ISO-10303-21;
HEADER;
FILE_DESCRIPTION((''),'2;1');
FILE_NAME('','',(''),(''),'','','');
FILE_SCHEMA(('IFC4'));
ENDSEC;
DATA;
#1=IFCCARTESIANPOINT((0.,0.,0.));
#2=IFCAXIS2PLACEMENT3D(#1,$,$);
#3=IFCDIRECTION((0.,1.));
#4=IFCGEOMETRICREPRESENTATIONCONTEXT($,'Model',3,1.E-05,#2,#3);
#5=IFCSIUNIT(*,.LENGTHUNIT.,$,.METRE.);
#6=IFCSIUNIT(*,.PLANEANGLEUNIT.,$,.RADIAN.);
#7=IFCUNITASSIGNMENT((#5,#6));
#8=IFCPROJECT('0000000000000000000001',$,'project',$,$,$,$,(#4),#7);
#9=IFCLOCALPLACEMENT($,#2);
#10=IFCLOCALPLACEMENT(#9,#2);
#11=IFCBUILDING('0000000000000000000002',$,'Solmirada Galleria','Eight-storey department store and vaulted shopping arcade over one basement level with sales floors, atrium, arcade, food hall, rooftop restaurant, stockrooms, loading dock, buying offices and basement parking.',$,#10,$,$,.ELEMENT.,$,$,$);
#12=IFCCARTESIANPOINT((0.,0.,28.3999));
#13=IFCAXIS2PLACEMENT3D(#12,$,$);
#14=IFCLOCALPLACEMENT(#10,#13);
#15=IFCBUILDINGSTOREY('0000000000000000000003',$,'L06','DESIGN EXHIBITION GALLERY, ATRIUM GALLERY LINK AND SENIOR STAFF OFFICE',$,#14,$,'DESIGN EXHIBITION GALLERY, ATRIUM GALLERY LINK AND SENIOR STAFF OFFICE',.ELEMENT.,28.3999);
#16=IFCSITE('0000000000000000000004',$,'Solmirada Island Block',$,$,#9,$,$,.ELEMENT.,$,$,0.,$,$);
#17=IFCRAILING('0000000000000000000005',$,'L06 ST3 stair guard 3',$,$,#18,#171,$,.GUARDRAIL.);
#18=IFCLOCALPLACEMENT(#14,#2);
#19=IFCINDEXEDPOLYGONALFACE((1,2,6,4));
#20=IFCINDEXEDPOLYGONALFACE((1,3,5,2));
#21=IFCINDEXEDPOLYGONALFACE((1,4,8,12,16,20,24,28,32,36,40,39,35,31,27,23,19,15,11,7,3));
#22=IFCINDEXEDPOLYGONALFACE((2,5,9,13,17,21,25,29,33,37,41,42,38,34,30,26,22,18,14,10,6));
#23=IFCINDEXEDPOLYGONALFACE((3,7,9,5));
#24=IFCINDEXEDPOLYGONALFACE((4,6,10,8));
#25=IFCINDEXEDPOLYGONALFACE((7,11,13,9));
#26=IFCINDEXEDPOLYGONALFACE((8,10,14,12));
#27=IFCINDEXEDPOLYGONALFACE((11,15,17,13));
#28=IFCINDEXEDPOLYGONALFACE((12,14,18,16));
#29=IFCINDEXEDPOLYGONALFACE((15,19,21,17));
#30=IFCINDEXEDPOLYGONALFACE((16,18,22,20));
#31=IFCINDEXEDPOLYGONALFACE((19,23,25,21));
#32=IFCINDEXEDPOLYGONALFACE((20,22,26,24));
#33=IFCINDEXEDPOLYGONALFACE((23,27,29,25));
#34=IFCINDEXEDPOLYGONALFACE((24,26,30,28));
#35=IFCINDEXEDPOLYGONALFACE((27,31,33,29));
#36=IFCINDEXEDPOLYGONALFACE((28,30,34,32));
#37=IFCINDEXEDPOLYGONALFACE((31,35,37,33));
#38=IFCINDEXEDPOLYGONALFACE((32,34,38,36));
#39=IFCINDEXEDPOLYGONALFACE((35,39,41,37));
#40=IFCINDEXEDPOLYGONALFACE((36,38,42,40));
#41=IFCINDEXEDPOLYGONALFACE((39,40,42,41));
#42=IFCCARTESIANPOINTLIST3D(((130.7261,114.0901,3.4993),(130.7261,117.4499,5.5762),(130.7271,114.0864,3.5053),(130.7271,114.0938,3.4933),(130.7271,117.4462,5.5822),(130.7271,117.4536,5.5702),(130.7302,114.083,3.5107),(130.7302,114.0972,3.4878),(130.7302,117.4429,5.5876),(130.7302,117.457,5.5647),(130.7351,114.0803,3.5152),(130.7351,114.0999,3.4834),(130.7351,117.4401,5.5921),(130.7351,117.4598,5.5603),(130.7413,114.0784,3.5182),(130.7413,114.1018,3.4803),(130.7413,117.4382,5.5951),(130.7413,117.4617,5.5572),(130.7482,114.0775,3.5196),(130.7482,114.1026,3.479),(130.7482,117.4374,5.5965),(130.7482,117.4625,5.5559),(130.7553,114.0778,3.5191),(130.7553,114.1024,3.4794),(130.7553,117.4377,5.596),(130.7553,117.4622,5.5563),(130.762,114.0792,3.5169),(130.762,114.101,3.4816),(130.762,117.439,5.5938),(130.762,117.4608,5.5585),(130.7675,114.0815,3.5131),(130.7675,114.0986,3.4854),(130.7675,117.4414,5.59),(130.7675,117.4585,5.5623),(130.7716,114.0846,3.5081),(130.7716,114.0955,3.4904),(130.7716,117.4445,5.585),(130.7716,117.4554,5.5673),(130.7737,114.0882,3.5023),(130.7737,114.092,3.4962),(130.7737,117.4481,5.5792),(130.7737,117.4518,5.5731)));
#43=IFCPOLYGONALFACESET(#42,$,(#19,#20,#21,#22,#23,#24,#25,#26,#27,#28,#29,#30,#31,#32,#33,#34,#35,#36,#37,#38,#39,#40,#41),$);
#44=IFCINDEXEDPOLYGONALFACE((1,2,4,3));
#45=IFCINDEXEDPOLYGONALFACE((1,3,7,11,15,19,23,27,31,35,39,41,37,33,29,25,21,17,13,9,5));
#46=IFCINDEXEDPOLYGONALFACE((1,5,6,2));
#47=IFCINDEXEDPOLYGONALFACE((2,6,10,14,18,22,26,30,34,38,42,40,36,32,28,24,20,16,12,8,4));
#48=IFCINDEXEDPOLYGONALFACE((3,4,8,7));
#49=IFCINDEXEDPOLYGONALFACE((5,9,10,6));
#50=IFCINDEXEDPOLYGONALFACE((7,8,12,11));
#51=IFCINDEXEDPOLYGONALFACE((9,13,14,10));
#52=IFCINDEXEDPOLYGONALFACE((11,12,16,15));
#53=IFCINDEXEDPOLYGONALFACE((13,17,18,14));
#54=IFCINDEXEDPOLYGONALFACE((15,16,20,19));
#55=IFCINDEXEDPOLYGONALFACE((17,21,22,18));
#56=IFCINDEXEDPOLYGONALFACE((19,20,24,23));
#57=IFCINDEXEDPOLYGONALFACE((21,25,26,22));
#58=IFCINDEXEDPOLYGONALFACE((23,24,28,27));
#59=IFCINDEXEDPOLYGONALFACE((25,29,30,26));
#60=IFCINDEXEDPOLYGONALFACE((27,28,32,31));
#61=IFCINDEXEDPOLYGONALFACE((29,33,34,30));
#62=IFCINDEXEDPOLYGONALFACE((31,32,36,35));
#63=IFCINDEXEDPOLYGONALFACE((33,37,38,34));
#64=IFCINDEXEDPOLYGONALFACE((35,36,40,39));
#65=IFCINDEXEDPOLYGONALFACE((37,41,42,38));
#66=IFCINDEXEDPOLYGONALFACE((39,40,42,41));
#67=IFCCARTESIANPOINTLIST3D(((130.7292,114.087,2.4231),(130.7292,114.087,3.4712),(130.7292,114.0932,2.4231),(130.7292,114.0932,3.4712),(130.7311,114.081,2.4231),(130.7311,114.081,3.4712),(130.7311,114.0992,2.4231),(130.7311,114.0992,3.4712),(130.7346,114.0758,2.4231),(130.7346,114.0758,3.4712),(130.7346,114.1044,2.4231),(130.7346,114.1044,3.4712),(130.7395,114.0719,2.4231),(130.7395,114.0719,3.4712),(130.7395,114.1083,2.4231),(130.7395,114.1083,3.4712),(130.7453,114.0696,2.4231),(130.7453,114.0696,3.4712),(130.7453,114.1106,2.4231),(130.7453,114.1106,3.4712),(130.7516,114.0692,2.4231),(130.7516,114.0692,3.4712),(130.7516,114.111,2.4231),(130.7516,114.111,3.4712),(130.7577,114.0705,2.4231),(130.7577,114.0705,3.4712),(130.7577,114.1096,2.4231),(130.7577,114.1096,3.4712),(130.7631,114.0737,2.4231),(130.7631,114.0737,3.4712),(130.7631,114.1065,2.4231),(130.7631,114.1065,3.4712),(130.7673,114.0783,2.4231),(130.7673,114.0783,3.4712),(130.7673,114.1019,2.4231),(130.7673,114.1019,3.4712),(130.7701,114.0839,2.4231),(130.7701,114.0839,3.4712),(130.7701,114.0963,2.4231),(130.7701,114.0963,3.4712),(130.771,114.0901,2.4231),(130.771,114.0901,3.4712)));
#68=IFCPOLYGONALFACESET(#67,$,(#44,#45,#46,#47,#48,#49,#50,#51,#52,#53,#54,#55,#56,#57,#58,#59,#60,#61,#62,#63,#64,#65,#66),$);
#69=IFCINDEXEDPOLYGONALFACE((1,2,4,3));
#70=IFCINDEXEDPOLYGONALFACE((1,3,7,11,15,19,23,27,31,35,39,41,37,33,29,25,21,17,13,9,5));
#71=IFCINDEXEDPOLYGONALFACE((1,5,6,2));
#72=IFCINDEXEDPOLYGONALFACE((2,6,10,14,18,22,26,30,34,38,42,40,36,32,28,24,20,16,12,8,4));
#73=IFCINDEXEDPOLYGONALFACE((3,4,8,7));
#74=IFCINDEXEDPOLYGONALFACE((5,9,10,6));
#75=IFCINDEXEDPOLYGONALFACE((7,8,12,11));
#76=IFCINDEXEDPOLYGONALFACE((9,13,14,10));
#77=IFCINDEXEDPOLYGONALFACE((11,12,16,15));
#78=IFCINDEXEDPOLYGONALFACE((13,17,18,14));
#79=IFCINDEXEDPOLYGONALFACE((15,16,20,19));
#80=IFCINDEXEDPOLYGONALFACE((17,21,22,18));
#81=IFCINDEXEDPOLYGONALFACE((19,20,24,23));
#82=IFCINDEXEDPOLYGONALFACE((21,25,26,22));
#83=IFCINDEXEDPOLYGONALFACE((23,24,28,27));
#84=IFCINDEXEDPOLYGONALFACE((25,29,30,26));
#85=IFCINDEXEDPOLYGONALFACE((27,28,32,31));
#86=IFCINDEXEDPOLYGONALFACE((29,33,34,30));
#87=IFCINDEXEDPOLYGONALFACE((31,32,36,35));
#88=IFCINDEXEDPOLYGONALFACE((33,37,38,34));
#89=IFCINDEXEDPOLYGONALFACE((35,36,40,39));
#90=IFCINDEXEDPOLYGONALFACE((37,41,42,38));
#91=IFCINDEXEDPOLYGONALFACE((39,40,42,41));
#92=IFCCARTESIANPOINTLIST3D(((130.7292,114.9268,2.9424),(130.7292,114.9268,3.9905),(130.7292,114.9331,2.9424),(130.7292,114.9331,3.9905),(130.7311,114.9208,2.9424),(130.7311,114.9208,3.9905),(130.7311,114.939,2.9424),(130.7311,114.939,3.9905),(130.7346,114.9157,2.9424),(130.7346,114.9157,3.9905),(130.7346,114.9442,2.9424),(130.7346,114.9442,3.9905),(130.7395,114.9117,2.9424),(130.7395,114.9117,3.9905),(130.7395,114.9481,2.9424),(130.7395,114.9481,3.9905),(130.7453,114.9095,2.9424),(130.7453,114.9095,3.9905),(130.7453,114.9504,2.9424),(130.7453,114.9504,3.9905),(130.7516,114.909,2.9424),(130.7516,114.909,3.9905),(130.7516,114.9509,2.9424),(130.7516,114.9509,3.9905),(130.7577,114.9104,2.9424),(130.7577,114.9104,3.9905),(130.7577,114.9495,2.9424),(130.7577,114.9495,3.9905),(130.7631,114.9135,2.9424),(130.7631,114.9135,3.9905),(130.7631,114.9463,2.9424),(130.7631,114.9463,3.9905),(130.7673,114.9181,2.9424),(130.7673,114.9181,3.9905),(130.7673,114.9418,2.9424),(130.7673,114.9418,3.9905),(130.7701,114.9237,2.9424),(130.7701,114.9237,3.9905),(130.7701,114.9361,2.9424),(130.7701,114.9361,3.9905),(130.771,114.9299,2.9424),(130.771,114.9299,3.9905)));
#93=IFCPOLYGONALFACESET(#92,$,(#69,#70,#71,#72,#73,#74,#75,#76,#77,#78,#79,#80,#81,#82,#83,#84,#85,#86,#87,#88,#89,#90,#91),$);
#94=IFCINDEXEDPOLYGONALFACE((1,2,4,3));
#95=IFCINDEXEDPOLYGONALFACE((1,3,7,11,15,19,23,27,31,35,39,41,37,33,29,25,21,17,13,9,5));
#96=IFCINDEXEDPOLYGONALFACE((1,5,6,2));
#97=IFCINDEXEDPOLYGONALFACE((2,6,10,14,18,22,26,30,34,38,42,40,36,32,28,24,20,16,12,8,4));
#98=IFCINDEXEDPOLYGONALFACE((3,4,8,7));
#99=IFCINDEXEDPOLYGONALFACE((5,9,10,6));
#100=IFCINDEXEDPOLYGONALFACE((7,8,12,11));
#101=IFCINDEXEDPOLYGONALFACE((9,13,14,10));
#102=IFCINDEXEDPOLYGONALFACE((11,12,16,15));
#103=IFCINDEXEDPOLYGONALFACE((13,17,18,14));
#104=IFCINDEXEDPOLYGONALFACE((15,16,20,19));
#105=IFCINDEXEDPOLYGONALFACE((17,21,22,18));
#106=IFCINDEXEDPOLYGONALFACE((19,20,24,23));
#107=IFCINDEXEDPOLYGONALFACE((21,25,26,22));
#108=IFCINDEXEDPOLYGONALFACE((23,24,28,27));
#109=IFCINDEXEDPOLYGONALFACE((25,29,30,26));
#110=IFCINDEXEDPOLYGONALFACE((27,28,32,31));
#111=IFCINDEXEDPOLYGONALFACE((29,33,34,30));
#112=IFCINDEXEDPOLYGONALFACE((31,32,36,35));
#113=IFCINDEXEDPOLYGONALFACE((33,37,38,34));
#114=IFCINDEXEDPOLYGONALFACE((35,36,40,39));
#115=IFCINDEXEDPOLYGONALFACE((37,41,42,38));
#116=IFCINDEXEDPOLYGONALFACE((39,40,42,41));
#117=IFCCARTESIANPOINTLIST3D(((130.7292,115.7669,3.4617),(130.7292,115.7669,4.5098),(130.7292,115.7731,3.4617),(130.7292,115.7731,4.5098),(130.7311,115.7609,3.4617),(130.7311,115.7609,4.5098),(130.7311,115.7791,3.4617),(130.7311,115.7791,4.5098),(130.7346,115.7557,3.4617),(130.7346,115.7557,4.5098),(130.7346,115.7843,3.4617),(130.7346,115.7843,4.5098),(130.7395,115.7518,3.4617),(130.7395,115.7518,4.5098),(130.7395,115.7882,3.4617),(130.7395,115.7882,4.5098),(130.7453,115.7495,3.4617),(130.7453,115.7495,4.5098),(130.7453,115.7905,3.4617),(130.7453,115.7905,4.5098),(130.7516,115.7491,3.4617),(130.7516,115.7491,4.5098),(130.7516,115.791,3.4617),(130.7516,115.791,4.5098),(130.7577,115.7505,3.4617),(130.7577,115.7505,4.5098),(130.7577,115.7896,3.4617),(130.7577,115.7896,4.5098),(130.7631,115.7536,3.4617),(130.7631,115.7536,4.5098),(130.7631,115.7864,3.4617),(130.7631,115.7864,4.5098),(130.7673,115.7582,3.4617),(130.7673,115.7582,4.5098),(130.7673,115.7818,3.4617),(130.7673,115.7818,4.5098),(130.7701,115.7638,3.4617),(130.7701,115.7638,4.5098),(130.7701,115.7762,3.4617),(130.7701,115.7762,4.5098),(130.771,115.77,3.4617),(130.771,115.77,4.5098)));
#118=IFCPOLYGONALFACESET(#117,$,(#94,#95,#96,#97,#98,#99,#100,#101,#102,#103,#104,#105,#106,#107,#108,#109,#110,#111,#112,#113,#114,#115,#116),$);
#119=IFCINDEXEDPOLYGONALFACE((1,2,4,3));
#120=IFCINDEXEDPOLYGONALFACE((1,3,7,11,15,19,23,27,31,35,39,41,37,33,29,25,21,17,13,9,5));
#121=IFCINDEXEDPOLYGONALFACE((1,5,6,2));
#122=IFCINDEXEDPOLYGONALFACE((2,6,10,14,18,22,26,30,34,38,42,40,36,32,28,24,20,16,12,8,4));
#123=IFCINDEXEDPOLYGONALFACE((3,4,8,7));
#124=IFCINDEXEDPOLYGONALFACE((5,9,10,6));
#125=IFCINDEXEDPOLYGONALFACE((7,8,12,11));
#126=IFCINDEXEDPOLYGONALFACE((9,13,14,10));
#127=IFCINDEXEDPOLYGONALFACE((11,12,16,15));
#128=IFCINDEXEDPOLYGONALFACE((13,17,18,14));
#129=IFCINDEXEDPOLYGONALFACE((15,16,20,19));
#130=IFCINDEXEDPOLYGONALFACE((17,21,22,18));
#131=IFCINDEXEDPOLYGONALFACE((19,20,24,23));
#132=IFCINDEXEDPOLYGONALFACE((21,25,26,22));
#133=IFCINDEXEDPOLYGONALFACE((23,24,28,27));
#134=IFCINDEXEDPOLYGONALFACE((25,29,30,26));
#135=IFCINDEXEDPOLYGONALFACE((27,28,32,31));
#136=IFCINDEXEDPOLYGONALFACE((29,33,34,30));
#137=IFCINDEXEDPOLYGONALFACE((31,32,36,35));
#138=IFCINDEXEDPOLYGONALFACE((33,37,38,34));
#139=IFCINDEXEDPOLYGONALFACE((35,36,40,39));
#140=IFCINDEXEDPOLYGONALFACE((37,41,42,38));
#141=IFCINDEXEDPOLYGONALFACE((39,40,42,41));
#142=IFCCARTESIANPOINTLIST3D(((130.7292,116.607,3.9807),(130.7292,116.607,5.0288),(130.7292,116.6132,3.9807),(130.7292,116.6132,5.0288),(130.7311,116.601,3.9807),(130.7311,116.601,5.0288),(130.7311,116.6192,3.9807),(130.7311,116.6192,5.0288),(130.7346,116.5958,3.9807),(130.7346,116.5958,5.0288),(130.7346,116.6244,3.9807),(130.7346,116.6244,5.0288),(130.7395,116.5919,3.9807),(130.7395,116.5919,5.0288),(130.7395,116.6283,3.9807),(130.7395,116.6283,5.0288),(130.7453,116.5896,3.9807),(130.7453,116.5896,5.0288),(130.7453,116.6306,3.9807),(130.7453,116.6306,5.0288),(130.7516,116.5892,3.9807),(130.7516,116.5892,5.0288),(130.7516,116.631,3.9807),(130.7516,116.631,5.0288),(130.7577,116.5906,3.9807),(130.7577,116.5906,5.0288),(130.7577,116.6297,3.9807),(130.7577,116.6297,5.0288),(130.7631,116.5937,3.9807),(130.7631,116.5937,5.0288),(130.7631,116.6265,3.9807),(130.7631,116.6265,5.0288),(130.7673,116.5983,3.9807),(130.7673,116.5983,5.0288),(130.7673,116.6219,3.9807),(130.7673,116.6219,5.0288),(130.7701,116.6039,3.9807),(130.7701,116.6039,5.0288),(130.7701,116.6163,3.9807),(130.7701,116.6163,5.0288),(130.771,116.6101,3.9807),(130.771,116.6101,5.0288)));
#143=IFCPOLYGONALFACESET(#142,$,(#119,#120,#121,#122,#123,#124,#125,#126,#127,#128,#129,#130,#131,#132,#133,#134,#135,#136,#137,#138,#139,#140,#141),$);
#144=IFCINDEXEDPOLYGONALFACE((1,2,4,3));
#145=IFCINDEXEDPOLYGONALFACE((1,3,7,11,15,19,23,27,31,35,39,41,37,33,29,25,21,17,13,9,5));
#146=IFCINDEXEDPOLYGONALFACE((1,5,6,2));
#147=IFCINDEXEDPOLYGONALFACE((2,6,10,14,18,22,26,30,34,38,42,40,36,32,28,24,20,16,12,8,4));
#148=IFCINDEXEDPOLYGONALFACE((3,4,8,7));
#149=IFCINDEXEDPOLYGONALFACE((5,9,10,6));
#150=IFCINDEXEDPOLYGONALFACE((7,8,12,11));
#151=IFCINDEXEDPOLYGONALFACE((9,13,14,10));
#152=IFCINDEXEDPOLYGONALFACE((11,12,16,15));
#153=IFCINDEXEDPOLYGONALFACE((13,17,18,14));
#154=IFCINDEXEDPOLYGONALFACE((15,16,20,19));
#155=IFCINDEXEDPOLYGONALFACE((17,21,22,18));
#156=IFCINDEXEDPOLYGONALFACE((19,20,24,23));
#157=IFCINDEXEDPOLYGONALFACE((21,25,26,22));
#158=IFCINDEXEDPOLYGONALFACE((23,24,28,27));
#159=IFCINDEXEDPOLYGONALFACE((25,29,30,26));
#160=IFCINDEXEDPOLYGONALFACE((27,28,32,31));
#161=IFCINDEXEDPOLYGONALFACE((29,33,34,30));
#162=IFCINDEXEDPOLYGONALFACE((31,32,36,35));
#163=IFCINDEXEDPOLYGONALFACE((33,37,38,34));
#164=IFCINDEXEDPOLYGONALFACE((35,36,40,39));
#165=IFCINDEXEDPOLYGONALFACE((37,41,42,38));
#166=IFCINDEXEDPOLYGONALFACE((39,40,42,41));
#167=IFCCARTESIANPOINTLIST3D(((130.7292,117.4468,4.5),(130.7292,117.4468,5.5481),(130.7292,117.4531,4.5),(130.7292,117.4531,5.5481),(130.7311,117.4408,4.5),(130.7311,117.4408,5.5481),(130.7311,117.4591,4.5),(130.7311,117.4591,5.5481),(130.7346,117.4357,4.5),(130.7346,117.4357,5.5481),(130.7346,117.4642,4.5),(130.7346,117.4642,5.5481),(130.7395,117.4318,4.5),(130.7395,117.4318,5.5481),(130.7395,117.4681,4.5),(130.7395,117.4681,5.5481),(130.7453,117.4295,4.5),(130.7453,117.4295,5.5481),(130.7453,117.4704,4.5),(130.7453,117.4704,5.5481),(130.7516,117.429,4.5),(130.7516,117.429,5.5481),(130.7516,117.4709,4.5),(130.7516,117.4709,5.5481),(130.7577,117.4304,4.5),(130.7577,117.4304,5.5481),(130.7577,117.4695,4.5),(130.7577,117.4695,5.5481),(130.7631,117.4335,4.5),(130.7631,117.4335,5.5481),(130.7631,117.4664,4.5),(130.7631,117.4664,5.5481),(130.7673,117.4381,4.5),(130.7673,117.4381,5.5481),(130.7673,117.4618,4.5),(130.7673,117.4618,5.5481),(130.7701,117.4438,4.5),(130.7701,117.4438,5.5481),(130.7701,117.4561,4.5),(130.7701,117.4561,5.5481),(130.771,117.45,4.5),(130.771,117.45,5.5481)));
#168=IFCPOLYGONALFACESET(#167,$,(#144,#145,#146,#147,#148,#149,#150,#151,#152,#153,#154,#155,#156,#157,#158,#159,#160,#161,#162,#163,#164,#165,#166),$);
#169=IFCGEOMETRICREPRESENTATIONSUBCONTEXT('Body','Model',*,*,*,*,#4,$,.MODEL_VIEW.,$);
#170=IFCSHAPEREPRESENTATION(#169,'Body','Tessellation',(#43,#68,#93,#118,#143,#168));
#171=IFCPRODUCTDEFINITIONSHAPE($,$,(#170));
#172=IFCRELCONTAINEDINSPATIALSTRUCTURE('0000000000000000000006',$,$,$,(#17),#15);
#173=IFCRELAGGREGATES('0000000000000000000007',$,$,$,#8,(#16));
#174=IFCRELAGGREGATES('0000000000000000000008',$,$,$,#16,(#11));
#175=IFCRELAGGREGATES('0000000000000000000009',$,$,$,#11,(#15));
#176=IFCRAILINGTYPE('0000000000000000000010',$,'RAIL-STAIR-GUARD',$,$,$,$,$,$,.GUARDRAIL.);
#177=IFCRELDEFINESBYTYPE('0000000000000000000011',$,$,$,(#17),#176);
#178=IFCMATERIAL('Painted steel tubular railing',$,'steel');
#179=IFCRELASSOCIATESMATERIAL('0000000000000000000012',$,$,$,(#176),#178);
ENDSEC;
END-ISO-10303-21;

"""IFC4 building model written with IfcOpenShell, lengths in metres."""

from ifc_helpers import new_model, si_unit, direction, frame, origin, origin_2d, place, context, subcontext, project, spatial, circle, extrude, material, type_object, element, save


model = new_model("IFC4")

# Units and contexts
model_context = context("Model", 3, precision=1e-05, world=origin(), true_north=direction((0.0, 1.0)))
body_context = subcontext(model_context, "Body", "Model", "MODEL_VIEW")
ifc_project = project(units=[si_unit("LENGTHUNIT", "METRE"), si_unit("PLANEANGLEUNIT", "RADIAN")], contexts=[model_context])

# Site, building, storey
site_placement = place(None, origin())
site = spatial("IfcSite", under=ifc_project, at=site_placement, Name="Solmirada Island Block", CompositionType="ELEMENT", RefElevation=0.0)
building_placement = place(site_placement, origin())
building = spatial("IfcBuilding", under=site, at=building_placement, Name="Solmirada Galleria", Description="Eight-storey department store and vaulted shopping arcade over one basement level with sales floors, atrium, arcade, food hall, rooftop restaurant, stockrooms, loading dock, buying offices and basement parking.", CompositionType="ELEMENT")
storey_placement = place(building_placement, frame((0.0, 0.0, 28.3999)))
storey = spatial("IfcBuildingStorey", under=building, at=storey_placement, Name="L06", Description="DESIGN EXHIBITION GALLERY, ATRIUM GALLERY LINK AND SENIOR STAFF OFFICE", LongName="DESIGN EXHIBITION GALLERY, ATRIUM GALLERY LINK AND SENIOR STAFF OFFICE", CompositionType="ELEMENT", Elevation=28.3999)

# Railing
ifc_material_1 = material(Name="Painted steel tubular railing", Category="steel")
railing_type_1 = type_object("IfcRailingType", Name="RAIL-STAIR-GUARD", PredefinedType="GUARDRAIL", material=ifc_material_1)
railing_1_placement = place(storey_placement, frame((130.75, 114.0901, 2.4231)))
element("IfcRailing", 1, at=railing_1_placement, inside=storey, type_object=railing_type_1, Name="L06 ST3 stair guard 3", PredefinedType="GUARDRAIL", context=body_context, shape_type="SweptSolid", body=[
    extrude(circle(Radius=0.0239, at=origin_2d()), frame((0.0, 0.0, 1.0762), z_axis=(0.0, 0.850606, 0.525803), x_axis=(-1.0, 0.0, 0.0)), (0.0, 0.0, 1.0), 3.95),
    extrude(circle(Radius=0.021, at=origin_2d()), origin(), (0.0, 0.0, 1.0), 1.0481),
    extrude(circle(Radius=0.021, at=origin_2d()), frame((0.0, 0.8398, 0.5193)), (0.0, 0.0, 1.0), 1.0481),
    extrude(circle(Radius=0.021, at=origin_2d()), frame((0.0, 1.6799, 1.0386)), (0.0, 0.0, 1.0), 1.0481),
    extrude(circle(Radius=0.021, at=origin_2d()), frame((0.0, 2.52, 1.5576)), (0.0, 0.0, 1.0), 1.0481),
    extrude(circle(Radius=0.021, at=origin_2d()), frame((0.0, 3.3599, 2.0769)), (0.0, 0.0, 1.0), 1.0481),
])

save(model, "model.ifc")
